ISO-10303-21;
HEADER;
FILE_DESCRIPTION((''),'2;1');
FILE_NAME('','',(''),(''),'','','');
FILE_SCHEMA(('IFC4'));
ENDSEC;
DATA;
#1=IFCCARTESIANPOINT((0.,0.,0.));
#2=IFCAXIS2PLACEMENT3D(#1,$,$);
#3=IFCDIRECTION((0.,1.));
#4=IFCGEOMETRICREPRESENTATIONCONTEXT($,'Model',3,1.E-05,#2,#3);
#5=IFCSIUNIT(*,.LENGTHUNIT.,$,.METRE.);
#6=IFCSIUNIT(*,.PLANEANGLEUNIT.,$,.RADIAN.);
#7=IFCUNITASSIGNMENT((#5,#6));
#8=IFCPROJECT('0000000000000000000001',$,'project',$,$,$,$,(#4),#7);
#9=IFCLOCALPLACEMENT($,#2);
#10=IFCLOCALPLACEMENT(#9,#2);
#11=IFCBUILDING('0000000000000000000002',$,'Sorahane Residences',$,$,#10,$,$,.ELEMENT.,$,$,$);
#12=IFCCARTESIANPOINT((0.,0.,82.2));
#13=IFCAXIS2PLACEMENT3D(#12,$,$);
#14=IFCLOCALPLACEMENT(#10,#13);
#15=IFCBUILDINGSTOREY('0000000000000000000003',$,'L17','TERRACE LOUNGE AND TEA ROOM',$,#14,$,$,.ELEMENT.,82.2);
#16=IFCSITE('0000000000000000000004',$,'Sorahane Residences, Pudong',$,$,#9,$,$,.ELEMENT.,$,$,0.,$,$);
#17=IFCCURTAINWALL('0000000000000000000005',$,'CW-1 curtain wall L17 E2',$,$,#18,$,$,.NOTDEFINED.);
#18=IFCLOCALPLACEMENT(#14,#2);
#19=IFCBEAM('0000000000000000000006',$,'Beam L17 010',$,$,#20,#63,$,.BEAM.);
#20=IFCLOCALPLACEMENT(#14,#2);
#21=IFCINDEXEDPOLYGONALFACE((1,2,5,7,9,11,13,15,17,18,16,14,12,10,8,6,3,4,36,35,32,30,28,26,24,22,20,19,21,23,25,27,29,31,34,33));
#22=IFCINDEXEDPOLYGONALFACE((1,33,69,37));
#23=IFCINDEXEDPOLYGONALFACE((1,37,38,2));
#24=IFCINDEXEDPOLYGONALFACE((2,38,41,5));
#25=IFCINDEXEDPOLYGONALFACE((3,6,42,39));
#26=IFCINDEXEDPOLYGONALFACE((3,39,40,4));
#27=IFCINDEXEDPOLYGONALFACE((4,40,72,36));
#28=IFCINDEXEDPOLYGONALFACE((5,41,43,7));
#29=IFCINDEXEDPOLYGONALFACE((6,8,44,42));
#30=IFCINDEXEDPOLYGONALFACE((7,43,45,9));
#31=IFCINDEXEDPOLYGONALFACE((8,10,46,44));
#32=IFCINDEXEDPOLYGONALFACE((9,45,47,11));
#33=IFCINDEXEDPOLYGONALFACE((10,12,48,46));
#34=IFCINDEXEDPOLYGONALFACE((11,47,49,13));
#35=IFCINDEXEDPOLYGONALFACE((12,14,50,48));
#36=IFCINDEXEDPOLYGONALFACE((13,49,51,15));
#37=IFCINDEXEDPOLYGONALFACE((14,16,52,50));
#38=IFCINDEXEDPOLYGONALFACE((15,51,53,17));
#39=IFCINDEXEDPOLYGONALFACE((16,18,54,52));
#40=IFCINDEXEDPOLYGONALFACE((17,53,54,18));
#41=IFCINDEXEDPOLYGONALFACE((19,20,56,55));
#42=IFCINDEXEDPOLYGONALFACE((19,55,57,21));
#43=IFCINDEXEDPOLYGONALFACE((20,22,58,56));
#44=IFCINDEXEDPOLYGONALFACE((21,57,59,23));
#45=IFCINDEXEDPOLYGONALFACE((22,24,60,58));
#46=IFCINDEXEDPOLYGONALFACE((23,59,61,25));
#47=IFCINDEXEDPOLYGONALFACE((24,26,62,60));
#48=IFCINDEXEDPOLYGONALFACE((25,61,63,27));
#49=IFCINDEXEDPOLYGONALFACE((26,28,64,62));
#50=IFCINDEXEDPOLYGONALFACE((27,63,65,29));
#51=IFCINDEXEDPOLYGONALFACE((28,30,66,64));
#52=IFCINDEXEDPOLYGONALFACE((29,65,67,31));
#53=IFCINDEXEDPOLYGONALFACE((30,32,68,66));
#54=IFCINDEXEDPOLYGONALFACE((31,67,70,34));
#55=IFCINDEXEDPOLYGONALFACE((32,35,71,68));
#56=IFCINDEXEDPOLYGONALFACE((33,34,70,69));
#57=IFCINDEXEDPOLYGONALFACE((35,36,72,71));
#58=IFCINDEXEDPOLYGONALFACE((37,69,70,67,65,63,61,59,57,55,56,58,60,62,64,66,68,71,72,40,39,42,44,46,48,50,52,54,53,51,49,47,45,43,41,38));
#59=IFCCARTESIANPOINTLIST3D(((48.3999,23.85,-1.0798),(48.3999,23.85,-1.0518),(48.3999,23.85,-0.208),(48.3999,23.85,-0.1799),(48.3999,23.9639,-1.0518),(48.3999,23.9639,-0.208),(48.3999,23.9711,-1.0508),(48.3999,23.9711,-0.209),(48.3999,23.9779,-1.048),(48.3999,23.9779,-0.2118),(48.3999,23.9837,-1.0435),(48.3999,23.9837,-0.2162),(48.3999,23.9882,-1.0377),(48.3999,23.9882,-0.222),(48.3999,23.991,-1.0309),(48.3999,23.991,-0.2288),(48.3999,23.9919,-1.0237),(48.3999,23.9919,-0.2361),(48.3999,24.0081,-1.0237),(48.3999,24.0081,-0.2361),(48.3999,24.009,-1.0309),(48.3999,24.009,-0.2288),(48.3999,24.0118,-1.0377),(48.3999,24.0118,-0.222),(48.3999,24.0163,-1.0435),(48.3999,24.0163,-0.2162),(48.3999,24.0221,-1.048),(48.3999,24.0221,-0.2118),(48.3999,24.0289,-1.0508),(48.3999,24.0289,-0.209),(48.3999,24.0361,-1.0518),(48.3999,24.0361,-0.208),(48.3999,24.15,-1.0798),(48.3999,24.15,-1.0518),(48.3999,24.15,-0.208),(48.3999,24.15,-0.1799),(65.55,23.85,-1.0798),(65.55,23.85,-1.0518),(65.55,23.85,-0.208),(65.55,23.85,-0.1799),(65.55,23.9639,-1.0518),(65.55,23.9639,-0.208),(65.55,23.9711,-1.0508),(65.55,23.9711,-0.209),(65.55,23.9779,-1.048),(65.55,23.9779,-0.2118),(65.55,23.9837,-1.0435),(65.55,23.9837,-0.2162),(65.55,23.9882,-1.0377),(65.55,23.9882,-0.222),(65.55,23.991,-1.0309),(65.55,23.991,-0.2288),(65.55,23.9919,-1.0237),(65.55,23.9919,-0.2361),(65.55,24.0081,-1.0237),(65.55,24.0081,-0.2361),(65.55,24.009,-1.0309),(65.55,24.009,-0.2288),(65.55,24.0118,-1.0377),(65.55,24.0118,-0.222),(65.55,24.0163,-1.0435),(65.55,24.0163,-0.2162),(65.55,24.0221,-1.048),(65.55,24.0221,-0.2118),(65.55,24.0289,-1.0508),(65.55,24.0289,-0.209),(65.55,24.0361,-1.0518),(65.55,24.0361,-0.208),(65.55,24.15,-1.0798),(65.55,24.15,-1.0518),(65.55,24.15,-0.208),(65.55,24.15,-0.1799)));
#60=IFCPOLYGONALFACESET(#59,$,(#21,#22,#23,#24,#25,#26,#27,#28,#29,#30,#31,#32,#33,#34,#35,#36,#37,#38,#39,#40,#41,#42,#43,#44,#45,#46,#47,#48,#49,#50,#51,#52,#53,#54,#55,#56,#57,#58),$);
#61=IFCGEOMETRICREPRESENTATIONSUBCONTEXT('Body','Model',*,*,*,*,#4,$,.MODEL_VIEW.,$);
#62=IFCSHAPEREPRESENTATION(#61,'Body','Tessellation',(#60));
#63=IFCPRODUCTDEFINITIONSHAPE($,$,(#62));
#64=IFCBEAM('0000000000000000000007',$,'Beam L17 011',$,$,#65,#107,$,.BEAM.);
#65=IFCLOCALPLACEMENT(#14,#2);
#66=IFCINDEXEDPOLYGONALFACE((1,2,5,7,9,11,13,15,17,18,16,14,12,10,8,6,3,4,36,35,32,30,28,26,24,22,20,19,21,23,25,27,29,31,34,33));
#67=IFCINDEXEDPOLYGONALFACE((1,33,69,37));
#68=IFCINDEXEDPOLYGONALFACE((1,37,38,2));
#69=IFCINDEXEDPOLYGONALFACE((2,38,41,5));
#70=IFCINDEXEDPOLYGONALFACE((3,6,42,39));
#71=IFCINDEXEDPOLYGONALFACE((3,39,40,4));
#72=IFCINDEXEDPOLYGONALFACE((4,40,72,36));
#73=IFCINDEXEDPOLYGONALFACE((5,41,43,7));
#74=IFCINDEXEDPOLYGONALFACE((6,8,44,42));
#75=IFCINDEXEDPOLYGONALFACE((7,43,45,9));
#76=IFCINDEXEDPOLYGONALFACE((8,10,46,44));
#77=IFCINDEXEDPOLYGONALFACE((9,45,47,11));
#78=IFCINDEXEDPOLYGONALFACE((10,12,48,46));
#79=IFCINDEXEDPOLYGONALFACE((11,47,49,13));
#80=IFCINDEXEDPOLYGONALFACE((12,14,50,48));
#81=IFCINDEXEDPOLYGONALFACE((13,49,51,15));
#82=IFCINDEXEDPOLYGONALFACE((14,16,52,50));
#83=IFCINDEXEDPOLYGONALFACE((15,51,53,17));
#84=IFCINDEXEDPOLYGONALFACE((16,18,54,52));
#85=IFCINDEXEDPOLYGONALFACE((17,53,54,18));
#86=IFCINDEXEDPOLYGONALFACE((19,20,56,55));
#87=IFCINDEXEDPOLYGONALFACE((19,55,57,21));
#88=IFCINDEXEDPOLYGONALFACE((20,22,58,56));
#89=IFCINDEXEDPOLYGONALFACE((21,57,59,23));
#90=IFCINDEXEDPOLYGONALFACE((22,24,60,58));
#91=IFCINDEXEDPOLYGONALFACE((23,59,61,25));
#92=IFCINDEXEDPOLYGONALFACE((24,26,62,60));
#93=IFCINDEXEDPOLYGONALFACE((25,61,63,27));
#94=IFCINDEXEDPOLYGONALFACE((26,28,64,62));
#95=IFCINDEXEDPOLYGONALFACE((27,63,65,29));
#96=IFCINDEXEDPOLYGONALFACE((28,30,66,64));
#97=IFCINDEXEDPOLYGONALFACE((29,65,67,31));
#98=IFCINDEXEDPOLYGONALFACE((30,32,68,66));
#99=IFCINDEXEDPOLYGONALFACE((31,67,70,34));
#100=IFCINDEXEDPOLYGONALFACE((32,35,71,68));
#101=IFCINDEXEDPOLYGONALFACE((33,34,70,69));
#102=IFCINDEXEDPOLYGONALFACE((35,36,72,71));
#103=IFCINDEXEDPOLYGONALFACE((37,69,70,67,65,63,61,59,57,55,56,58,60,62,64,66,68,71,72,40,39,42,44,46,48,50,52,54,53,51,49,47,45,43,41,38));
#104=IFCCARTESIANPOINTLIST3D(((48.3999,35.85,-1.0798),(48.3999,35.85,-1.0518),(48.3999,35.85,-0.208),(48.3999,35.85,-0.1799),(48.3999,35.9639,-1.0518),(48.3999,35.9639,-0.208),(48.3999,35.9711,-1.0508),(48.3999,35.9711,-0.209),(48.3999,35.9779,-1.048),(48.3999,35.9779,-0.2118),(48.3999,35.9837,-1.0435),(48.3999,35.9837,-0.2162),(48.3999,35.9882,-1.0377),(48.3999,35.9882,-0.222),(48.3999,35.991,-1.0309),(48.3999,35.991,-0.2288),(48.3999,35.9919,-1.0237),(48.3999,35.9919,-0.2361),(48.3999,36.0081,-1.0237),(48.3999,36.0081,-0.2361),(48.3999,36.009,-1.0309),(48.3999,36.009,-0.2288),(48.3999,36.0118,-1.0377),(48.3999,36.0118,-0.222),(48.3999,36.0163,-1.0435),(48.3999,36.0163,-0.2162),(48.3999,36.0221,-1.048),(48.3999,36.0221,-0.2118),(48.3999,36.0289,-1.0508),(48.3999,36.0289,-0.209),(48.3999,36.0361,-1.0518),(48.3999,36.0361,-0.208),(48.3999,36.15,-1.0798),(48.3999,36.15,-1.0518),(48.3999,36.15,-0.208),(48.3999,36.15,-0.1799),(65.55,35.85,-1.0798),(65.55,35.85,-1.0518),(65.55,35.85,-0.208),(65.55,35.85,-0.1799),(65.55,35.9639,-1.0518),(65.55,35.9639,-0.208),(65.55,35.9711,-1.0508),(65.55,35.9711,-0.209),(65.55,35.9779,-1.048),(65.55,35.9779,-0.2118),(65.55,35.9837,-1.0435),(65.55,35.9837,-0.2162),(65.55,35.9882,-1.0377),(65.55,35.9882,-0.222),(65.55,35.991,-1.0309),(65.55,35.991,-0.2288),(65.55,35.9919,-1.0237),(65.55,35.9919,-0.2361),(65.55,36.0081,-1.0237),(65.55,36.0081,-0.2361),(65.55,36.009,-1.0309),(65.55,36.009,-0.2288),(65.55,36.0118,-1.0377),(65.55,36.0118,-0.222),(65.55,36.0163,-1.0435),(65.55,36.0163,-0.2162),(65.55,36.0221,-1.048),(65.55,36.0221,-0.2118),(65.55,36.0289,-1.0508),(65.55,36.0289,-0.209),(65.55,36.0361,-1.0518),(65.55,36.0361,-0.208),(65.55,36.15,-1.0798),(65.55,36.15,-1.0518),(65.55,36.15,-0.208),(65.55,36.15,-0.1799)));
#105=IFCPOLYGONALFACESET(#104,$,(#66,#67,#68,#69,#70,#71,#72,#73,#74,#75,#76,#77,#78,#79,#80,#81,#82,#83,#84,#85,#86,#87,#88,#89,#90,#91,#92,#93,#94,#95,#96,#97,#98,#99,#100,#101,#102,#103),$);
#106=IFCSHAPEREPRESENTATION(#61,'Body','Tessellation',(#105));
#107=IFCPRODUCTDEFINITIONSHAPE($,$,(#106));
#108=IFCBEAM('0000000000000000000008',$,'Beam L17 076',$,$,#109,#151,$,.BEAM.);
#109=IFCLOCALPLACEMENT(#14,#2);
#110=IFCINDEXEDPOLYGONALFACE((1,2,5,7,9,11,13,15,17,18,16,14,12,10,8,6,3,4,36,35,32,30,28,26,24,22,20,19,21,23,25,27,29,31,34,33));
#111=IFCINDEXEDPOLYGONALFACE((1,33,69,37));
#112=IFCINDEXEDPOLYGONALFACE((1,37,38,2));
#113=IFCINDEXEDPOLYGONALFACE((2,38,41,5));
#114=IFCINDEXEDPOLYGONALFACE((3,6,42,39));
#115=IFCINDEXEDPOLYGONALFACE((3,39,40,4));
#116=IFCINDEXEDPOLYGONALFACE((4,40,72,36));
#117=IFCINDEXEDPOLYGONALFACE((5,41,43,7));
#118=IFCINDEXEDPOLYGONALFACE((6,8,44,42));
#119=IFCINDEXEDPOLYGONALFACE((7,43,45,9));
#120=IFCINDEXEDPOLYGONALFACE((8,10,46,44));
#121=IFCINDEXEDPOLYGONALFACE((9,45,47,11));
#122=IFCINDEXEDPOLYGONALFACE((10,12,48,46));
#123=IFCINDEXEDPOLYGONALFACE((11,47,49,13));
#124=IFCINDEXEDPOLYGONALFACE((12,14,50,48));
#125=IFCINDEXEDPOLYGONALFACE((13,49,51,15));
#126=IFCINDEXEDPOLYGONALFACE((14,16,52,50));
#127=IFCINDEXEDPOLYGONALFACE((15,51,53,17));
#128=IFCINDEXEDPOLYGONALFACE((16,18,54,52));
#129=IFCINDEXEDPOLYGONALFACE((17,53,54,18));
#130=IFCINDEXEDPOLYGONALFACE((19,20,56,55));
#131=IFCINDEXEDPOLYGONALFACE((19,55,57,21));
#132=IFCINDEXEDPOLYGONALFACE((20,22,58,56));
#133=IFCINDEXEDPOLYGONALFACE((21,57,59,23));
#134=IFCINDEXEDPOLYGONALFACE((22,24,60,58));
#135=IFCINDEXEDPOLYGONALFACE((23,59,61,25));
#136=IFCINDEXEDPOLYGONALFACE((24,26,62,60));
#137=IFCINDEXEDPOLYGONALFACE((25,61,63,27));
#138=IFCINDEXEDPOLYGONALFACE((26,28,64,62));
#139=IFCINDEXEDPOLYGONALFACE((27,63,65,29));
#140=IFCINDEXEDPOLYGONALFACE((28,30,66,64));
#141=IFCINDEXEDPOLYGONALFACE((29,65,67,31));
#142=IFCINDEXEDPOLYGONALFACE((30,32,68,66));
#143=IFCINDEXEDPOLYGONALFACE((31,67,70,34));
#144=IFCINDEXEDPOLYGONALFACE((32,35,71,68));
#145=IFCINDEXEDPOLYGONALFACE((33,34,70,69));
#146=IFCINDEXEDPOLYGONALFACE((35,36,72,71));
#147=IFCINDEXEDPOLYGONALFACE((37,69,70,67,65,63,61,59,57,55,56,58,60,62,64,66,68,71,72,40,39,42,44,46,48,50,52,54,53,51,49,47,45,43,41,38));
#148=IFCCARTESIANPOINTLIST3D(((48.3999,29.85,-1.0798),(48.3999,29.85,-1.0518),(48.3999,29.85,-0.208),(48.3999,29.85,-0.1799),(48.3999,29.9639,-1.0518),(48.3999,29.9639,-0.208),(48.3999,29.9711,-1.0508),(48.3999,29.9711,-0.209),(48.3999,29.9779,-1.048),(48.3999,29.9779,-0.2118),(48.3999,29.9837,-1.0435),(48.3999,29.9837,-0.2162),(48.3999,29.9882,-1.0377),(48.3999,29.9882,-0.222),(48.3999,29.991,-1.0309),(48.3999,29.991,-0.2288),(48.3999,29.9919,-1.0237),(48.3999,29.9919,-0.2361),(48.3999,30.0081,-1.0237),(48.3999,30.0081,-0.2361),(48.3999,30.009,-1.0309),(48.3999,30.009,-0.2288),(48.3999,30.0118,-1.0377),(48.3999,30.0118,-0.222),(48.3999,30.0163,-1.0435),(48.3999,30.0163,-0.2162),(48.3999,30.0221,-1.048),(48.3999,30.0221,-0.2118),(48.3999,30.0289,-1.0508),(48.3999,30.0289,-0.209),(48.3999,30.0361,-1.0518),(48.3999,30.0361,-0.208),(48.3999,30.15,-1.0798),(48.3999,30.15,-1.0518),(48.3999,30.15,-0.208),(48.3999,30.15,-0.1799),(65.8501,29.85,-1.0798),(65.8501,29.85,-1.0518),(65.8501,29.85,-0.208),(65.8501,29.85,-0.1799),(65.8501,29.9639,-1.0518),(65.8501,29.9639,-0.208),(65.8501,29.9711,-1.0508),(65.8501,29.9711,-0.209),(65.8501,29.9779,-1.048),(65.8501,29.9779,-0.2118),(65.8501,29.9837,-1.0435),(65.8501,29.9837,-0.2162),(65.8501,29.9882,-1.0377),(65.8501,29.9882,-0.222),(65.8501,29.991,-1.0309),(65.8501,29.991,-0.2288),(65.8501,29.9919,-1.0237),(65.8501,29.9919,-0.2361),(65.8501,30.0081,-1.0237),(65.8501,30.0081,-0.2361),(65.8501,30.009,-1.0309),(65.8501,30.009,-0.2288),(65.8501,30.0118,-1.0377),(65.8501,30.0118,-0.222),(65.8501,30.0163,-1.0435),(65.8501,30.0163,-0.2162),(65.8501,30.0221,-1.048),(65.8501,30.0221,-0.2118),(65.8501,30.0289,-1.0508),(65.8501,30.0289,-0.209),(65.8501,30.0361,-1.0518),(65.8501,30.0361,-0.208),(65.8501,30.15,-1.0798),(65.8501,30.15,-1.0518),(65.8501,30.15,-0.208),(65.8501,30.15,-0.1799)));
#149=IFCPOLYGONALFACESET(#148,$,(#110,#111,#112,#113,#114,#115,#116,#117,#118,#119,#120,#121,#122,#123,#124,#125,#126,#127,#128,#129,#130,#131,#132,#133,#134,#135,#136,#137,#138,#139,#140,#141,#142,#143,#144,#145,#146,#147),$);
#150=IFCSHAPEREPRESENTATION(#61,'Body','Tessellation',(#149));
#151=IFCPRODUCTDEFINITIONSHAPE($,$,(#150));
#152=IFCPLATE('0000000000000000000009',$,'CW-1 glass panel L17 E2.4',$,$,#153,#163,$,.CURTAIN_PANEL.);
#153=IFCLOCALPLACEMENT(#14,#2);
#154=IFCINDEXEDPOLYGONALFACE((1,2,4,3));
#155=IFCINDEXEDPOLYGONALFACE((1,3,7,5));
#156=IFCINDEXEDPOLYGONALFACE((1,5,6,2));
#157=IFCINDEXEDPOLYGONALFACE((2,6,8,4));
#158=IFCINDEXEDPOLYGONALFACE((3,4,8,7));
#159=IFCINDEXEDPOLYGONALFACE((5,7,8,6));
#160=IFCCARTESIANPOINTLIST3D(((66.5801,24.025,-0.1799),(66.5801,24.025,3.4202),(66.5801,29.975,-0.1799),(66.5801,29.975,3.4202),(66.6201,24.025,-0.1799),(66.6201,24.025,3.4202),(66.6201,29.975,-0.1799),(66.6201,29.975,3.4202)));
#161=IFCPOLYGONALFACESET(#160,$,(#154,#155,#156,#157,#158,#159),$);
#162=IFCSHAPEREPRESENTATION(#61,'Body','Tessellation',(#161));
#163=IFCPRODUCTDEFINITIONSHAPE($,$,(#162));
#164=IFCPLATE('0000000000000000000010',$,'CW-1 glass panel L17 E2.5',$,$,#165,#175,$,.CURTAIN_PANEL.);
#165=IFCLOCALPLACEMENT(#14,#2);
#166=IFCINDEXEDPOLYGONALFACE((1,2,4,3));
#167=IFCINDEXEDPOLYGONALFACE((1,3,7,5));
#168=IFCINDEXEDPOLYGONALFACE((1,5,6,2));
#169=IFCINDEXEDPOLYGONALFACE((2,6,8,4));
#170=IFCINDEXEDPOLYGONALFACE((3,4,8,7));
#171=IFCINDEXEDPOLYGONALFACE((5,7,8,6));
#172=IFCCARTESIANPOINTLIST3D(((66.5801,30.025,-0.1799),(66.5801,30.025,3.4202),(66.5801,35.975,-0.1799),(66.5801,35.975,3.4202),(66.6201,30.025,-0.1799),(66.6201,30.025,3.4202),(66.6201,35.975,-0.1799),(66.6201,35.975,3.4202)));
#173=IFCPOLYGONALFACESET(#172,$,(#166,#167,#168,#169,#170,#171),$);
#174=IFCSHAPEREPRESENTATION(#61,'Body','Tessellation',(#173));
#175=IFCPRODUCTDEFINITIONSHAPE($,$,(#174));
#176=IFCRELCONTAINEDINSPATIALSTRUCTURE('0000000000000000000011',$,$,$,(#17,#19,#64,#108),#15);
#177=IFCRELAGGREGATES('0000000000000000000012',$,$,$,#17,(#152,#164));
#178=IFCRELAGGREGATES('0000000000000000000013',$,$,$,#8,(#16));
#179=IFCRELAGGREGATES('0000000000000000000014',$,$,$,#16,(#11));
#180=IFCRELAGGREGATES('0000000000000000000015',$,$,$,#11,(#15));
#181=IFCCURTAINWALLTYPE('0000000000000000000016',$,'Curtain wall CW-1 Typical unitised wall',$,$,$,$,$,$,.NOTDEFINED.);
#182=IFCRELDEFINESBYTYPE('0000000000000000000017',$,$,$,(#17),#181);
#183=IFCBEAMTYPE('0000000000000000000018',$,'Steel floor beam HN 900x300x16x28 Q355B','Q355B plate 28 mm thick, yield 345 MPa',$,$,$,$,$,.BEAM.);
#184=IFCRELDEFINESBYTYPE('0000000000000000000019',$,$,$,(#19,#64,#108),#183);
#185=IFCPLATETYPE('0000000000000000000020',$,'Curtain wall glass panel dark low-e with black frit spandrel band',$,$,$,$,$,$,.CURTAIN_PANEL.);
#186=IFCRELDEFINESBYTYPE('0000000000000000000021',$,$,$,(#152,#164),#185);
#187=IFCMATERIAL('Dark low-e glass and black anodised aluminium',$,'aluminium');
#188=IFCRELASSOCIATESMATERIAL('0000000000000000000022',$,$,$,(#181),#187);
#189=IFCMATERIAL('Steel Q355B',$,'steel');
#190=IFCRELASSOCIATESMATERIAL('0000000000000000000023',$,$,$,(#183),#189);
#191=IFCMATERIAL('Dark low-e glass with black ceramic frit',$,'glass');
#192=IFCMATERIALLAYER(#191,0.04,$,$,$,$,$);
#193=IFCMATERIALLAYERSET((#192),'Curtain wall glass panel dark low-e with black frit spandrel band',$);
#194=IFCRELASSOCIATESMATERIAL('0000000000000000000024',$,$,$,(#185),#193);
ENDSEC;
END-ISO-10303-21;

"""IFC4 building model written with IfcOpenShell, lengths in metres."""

from ifc_helpers import new_model, si_unit, direction, frame, origin, origin_2d, place, context, subcontext, project, spatial, rectangle, i_section, extrude, material, layer, layer_set, material_profile, profile_set, type_object, element, aggregate, save


model = new_model("IFC4")

# Units and contexts
model_context = context("Model", 3, precision=1e-05, world=origin(), true_north=direction((0.0, 1.0)))
body_context = subcontext(model_context, "Body", "Model", "MODEL_VIEW")
ifc_project = project(units=[si_unit("LENGTHUNIT", "METRE"), si_unit("PLANEANGLEUNIT", "RADIAN")], contexts=[model_context])

# Site, building, storey
site_placement = place(None, origin())
site = spatial("IfcSite", under=ifc_project, at=site_placement, Name="Sorahane Residences, Pudong", CompositionType="ELEMENT", RefElevation=0.0)
building_placement = place(site_placement, origin())
building = spatial("IfcBuilding", under=site, at=building_placement, Name="Sorahane Residences", CompositionType="ELEMENT")
storey_placement = place(building_placement, frame((0.0, 0.0, 82.2)))
storey = spatial("IfcBuildingStorey", under=building, at=storey_placement, Name="L17", Description="TERRACE LOUNGE AND TEA ROOM", CompositionType="ELEMENT", Elevation=82.2)

# Curtain wall
ifc_material_1 = material(Name="Dark low-e glass and black anodised aluminium", Category="aluminium")
curtain_wall_type = type_object("IfcCurtainWallType", Name="Curtain wall CW-1 Typical unitised wall", PredefinedType="NOTDEFINED", material=ifc_material_1)
curtain_wall_placement = place(storey_placement, origin())
curtain_wall = element("IfcCurtainWall", 1, at=curtain_wall_placement, inside=storey, type_object=curtain_wall_type, Name="CW-1 curtain wall L17 E2", PredefinedType="NOTDEFINED")

# Beams
ifc_material_2 = material(Name="Steel Q355B", Category="steel")
ifc_material_profile_1 = material_profile(ifc_material_2, i_section(OverallWidth=0.3, OverallDepth=0.8999, WebThickness=0.0161, FlangeThickness=0.0281, FilletRadius=0.0281, at=origin_2d()), Name="HN 900x300x16x28")
ifc_profile_set_1 = profile_set([ifc_material_profile_1], Name="Steel Q355B")
beam_type_1 = type_object("IfcBeamType", Name="Steel floor beam HN 900x300x16x28 Q355B", Description="Q355B plate 28 mm thick, yield 345 MPa", PredefinedType="BEAM", material=ifc_profile_set_1)
for number, where, z_axis, x_axis, name in (
    (2, (48.3999, 24.0, -0.6299), (1.0, 0.0, 0.0), (0.0, 1.0, 0.0), "Beam L17 010"),
    (3, (48.3999, 36.0, -0.6299), (1.0, 0.0, 0.0), (0.0, 1.0, 0.0), "Beam L17 011"),
):
    element("IfcBeam", number, at=place(storey_placement, frame(where, z_axis=z_axis, x_axis=x_axis)), inside=storey, type_object=beam_type_1, Name=name, PredefinedType="BEAM", context=body_context, shape_type="SweptSolid", body=[
        extrude(i_section(OverallWidth=0.3, OverallDepth=0.8999, WebThickness=0.0161, FlangeThickness=0.0281, FilletRadius=0.0281, at=origin_2d()), origin(), (0.0, 0.0, 1.0), 17.1501),
    ])
beam_1_placement = place(storey_placement, frame((48.3999, 30.0, -0.6299), z_axis=(1.0, 0.0, 0.0), x_axis=(0.0, 1.0, 0.0)))
element("IfcBeam", 4, at=beam_1_placement, inside=storey, type_object=beam_type_1, Name="Beam L17 076", PredefinedType="BEAM", context=body_context, shape_type="SweptSolid", body=[
    extrude(i_section(OverallWidth=0.3, OverallDepth=0.8999, WebThickness=0.0161, FlangeThickness=0.0281, FilletRadius=0.0281, at=origin_2d()), origin(), (0.0, 0.0, 1.0), 17.4502),
])

# Plates
ifc_material_3 = material(Name="Dark low-e glass with black ceramic frit", Category="glass")
ifc_layer_1 = layer(ifc_material_3, 0.04)
ifc_layer_set_1 = layer_set([ifc_layer_1], Name="Curtain wall glass panel dark low-e with black frit spandrel band")
plate_type = type_object("IfcPlateType", Name="Curtain wall glass panel dark low-e with black frit spandrel band", PredefinedType="CURTAIN_PANEL", material=ifc_layer_set_1)
plate_1_placement = place(storey_placement, frame((66.6001, 27.0, -0.1799), z_axis=(0.0, 0.0, 1.0), x_axis=(0.0, 1.0, 0.0)))
plate_1 = element("IfcPlate", 5, at=plate_1_placement, type_object=plate_type, Name="CW-1 glass panel L17 E2.4", PredefinedType="CURTAIN_PANEL", context=body_context, shape_type="SweptSolid", body=[
    extrude(rectangle(XDim=5.95, YDim=0.04, at=origin_2d()), origin(), (0.0, 0.0, 1.0), 3.6001),
])
plate_2_placement = place(storey_placement, frame((66.6001, 33.0, -0.1799), z_axis=(0.0, 0.0, 1.0), x_axis=(0.0, 1.0, 0.0)))
plate_2 = element("IfcPlate", 6, at=plate_2_placement, type_object=plate_type, Name="CW-1 glass panel L17 E2.5", PredefinedType="CURTAIN_PANEL", context=body_context, shape_type="SweptSolid", body=[
    extrude(rectangle(XDim=5.95, YDim=0.04, at=origin_2d()), origin(), (0.0, 0.0, 1.0), 3.6001),
])
aggregate(curtain_wall, [plate_1, plate_2])

save(model, "model.ifc")
